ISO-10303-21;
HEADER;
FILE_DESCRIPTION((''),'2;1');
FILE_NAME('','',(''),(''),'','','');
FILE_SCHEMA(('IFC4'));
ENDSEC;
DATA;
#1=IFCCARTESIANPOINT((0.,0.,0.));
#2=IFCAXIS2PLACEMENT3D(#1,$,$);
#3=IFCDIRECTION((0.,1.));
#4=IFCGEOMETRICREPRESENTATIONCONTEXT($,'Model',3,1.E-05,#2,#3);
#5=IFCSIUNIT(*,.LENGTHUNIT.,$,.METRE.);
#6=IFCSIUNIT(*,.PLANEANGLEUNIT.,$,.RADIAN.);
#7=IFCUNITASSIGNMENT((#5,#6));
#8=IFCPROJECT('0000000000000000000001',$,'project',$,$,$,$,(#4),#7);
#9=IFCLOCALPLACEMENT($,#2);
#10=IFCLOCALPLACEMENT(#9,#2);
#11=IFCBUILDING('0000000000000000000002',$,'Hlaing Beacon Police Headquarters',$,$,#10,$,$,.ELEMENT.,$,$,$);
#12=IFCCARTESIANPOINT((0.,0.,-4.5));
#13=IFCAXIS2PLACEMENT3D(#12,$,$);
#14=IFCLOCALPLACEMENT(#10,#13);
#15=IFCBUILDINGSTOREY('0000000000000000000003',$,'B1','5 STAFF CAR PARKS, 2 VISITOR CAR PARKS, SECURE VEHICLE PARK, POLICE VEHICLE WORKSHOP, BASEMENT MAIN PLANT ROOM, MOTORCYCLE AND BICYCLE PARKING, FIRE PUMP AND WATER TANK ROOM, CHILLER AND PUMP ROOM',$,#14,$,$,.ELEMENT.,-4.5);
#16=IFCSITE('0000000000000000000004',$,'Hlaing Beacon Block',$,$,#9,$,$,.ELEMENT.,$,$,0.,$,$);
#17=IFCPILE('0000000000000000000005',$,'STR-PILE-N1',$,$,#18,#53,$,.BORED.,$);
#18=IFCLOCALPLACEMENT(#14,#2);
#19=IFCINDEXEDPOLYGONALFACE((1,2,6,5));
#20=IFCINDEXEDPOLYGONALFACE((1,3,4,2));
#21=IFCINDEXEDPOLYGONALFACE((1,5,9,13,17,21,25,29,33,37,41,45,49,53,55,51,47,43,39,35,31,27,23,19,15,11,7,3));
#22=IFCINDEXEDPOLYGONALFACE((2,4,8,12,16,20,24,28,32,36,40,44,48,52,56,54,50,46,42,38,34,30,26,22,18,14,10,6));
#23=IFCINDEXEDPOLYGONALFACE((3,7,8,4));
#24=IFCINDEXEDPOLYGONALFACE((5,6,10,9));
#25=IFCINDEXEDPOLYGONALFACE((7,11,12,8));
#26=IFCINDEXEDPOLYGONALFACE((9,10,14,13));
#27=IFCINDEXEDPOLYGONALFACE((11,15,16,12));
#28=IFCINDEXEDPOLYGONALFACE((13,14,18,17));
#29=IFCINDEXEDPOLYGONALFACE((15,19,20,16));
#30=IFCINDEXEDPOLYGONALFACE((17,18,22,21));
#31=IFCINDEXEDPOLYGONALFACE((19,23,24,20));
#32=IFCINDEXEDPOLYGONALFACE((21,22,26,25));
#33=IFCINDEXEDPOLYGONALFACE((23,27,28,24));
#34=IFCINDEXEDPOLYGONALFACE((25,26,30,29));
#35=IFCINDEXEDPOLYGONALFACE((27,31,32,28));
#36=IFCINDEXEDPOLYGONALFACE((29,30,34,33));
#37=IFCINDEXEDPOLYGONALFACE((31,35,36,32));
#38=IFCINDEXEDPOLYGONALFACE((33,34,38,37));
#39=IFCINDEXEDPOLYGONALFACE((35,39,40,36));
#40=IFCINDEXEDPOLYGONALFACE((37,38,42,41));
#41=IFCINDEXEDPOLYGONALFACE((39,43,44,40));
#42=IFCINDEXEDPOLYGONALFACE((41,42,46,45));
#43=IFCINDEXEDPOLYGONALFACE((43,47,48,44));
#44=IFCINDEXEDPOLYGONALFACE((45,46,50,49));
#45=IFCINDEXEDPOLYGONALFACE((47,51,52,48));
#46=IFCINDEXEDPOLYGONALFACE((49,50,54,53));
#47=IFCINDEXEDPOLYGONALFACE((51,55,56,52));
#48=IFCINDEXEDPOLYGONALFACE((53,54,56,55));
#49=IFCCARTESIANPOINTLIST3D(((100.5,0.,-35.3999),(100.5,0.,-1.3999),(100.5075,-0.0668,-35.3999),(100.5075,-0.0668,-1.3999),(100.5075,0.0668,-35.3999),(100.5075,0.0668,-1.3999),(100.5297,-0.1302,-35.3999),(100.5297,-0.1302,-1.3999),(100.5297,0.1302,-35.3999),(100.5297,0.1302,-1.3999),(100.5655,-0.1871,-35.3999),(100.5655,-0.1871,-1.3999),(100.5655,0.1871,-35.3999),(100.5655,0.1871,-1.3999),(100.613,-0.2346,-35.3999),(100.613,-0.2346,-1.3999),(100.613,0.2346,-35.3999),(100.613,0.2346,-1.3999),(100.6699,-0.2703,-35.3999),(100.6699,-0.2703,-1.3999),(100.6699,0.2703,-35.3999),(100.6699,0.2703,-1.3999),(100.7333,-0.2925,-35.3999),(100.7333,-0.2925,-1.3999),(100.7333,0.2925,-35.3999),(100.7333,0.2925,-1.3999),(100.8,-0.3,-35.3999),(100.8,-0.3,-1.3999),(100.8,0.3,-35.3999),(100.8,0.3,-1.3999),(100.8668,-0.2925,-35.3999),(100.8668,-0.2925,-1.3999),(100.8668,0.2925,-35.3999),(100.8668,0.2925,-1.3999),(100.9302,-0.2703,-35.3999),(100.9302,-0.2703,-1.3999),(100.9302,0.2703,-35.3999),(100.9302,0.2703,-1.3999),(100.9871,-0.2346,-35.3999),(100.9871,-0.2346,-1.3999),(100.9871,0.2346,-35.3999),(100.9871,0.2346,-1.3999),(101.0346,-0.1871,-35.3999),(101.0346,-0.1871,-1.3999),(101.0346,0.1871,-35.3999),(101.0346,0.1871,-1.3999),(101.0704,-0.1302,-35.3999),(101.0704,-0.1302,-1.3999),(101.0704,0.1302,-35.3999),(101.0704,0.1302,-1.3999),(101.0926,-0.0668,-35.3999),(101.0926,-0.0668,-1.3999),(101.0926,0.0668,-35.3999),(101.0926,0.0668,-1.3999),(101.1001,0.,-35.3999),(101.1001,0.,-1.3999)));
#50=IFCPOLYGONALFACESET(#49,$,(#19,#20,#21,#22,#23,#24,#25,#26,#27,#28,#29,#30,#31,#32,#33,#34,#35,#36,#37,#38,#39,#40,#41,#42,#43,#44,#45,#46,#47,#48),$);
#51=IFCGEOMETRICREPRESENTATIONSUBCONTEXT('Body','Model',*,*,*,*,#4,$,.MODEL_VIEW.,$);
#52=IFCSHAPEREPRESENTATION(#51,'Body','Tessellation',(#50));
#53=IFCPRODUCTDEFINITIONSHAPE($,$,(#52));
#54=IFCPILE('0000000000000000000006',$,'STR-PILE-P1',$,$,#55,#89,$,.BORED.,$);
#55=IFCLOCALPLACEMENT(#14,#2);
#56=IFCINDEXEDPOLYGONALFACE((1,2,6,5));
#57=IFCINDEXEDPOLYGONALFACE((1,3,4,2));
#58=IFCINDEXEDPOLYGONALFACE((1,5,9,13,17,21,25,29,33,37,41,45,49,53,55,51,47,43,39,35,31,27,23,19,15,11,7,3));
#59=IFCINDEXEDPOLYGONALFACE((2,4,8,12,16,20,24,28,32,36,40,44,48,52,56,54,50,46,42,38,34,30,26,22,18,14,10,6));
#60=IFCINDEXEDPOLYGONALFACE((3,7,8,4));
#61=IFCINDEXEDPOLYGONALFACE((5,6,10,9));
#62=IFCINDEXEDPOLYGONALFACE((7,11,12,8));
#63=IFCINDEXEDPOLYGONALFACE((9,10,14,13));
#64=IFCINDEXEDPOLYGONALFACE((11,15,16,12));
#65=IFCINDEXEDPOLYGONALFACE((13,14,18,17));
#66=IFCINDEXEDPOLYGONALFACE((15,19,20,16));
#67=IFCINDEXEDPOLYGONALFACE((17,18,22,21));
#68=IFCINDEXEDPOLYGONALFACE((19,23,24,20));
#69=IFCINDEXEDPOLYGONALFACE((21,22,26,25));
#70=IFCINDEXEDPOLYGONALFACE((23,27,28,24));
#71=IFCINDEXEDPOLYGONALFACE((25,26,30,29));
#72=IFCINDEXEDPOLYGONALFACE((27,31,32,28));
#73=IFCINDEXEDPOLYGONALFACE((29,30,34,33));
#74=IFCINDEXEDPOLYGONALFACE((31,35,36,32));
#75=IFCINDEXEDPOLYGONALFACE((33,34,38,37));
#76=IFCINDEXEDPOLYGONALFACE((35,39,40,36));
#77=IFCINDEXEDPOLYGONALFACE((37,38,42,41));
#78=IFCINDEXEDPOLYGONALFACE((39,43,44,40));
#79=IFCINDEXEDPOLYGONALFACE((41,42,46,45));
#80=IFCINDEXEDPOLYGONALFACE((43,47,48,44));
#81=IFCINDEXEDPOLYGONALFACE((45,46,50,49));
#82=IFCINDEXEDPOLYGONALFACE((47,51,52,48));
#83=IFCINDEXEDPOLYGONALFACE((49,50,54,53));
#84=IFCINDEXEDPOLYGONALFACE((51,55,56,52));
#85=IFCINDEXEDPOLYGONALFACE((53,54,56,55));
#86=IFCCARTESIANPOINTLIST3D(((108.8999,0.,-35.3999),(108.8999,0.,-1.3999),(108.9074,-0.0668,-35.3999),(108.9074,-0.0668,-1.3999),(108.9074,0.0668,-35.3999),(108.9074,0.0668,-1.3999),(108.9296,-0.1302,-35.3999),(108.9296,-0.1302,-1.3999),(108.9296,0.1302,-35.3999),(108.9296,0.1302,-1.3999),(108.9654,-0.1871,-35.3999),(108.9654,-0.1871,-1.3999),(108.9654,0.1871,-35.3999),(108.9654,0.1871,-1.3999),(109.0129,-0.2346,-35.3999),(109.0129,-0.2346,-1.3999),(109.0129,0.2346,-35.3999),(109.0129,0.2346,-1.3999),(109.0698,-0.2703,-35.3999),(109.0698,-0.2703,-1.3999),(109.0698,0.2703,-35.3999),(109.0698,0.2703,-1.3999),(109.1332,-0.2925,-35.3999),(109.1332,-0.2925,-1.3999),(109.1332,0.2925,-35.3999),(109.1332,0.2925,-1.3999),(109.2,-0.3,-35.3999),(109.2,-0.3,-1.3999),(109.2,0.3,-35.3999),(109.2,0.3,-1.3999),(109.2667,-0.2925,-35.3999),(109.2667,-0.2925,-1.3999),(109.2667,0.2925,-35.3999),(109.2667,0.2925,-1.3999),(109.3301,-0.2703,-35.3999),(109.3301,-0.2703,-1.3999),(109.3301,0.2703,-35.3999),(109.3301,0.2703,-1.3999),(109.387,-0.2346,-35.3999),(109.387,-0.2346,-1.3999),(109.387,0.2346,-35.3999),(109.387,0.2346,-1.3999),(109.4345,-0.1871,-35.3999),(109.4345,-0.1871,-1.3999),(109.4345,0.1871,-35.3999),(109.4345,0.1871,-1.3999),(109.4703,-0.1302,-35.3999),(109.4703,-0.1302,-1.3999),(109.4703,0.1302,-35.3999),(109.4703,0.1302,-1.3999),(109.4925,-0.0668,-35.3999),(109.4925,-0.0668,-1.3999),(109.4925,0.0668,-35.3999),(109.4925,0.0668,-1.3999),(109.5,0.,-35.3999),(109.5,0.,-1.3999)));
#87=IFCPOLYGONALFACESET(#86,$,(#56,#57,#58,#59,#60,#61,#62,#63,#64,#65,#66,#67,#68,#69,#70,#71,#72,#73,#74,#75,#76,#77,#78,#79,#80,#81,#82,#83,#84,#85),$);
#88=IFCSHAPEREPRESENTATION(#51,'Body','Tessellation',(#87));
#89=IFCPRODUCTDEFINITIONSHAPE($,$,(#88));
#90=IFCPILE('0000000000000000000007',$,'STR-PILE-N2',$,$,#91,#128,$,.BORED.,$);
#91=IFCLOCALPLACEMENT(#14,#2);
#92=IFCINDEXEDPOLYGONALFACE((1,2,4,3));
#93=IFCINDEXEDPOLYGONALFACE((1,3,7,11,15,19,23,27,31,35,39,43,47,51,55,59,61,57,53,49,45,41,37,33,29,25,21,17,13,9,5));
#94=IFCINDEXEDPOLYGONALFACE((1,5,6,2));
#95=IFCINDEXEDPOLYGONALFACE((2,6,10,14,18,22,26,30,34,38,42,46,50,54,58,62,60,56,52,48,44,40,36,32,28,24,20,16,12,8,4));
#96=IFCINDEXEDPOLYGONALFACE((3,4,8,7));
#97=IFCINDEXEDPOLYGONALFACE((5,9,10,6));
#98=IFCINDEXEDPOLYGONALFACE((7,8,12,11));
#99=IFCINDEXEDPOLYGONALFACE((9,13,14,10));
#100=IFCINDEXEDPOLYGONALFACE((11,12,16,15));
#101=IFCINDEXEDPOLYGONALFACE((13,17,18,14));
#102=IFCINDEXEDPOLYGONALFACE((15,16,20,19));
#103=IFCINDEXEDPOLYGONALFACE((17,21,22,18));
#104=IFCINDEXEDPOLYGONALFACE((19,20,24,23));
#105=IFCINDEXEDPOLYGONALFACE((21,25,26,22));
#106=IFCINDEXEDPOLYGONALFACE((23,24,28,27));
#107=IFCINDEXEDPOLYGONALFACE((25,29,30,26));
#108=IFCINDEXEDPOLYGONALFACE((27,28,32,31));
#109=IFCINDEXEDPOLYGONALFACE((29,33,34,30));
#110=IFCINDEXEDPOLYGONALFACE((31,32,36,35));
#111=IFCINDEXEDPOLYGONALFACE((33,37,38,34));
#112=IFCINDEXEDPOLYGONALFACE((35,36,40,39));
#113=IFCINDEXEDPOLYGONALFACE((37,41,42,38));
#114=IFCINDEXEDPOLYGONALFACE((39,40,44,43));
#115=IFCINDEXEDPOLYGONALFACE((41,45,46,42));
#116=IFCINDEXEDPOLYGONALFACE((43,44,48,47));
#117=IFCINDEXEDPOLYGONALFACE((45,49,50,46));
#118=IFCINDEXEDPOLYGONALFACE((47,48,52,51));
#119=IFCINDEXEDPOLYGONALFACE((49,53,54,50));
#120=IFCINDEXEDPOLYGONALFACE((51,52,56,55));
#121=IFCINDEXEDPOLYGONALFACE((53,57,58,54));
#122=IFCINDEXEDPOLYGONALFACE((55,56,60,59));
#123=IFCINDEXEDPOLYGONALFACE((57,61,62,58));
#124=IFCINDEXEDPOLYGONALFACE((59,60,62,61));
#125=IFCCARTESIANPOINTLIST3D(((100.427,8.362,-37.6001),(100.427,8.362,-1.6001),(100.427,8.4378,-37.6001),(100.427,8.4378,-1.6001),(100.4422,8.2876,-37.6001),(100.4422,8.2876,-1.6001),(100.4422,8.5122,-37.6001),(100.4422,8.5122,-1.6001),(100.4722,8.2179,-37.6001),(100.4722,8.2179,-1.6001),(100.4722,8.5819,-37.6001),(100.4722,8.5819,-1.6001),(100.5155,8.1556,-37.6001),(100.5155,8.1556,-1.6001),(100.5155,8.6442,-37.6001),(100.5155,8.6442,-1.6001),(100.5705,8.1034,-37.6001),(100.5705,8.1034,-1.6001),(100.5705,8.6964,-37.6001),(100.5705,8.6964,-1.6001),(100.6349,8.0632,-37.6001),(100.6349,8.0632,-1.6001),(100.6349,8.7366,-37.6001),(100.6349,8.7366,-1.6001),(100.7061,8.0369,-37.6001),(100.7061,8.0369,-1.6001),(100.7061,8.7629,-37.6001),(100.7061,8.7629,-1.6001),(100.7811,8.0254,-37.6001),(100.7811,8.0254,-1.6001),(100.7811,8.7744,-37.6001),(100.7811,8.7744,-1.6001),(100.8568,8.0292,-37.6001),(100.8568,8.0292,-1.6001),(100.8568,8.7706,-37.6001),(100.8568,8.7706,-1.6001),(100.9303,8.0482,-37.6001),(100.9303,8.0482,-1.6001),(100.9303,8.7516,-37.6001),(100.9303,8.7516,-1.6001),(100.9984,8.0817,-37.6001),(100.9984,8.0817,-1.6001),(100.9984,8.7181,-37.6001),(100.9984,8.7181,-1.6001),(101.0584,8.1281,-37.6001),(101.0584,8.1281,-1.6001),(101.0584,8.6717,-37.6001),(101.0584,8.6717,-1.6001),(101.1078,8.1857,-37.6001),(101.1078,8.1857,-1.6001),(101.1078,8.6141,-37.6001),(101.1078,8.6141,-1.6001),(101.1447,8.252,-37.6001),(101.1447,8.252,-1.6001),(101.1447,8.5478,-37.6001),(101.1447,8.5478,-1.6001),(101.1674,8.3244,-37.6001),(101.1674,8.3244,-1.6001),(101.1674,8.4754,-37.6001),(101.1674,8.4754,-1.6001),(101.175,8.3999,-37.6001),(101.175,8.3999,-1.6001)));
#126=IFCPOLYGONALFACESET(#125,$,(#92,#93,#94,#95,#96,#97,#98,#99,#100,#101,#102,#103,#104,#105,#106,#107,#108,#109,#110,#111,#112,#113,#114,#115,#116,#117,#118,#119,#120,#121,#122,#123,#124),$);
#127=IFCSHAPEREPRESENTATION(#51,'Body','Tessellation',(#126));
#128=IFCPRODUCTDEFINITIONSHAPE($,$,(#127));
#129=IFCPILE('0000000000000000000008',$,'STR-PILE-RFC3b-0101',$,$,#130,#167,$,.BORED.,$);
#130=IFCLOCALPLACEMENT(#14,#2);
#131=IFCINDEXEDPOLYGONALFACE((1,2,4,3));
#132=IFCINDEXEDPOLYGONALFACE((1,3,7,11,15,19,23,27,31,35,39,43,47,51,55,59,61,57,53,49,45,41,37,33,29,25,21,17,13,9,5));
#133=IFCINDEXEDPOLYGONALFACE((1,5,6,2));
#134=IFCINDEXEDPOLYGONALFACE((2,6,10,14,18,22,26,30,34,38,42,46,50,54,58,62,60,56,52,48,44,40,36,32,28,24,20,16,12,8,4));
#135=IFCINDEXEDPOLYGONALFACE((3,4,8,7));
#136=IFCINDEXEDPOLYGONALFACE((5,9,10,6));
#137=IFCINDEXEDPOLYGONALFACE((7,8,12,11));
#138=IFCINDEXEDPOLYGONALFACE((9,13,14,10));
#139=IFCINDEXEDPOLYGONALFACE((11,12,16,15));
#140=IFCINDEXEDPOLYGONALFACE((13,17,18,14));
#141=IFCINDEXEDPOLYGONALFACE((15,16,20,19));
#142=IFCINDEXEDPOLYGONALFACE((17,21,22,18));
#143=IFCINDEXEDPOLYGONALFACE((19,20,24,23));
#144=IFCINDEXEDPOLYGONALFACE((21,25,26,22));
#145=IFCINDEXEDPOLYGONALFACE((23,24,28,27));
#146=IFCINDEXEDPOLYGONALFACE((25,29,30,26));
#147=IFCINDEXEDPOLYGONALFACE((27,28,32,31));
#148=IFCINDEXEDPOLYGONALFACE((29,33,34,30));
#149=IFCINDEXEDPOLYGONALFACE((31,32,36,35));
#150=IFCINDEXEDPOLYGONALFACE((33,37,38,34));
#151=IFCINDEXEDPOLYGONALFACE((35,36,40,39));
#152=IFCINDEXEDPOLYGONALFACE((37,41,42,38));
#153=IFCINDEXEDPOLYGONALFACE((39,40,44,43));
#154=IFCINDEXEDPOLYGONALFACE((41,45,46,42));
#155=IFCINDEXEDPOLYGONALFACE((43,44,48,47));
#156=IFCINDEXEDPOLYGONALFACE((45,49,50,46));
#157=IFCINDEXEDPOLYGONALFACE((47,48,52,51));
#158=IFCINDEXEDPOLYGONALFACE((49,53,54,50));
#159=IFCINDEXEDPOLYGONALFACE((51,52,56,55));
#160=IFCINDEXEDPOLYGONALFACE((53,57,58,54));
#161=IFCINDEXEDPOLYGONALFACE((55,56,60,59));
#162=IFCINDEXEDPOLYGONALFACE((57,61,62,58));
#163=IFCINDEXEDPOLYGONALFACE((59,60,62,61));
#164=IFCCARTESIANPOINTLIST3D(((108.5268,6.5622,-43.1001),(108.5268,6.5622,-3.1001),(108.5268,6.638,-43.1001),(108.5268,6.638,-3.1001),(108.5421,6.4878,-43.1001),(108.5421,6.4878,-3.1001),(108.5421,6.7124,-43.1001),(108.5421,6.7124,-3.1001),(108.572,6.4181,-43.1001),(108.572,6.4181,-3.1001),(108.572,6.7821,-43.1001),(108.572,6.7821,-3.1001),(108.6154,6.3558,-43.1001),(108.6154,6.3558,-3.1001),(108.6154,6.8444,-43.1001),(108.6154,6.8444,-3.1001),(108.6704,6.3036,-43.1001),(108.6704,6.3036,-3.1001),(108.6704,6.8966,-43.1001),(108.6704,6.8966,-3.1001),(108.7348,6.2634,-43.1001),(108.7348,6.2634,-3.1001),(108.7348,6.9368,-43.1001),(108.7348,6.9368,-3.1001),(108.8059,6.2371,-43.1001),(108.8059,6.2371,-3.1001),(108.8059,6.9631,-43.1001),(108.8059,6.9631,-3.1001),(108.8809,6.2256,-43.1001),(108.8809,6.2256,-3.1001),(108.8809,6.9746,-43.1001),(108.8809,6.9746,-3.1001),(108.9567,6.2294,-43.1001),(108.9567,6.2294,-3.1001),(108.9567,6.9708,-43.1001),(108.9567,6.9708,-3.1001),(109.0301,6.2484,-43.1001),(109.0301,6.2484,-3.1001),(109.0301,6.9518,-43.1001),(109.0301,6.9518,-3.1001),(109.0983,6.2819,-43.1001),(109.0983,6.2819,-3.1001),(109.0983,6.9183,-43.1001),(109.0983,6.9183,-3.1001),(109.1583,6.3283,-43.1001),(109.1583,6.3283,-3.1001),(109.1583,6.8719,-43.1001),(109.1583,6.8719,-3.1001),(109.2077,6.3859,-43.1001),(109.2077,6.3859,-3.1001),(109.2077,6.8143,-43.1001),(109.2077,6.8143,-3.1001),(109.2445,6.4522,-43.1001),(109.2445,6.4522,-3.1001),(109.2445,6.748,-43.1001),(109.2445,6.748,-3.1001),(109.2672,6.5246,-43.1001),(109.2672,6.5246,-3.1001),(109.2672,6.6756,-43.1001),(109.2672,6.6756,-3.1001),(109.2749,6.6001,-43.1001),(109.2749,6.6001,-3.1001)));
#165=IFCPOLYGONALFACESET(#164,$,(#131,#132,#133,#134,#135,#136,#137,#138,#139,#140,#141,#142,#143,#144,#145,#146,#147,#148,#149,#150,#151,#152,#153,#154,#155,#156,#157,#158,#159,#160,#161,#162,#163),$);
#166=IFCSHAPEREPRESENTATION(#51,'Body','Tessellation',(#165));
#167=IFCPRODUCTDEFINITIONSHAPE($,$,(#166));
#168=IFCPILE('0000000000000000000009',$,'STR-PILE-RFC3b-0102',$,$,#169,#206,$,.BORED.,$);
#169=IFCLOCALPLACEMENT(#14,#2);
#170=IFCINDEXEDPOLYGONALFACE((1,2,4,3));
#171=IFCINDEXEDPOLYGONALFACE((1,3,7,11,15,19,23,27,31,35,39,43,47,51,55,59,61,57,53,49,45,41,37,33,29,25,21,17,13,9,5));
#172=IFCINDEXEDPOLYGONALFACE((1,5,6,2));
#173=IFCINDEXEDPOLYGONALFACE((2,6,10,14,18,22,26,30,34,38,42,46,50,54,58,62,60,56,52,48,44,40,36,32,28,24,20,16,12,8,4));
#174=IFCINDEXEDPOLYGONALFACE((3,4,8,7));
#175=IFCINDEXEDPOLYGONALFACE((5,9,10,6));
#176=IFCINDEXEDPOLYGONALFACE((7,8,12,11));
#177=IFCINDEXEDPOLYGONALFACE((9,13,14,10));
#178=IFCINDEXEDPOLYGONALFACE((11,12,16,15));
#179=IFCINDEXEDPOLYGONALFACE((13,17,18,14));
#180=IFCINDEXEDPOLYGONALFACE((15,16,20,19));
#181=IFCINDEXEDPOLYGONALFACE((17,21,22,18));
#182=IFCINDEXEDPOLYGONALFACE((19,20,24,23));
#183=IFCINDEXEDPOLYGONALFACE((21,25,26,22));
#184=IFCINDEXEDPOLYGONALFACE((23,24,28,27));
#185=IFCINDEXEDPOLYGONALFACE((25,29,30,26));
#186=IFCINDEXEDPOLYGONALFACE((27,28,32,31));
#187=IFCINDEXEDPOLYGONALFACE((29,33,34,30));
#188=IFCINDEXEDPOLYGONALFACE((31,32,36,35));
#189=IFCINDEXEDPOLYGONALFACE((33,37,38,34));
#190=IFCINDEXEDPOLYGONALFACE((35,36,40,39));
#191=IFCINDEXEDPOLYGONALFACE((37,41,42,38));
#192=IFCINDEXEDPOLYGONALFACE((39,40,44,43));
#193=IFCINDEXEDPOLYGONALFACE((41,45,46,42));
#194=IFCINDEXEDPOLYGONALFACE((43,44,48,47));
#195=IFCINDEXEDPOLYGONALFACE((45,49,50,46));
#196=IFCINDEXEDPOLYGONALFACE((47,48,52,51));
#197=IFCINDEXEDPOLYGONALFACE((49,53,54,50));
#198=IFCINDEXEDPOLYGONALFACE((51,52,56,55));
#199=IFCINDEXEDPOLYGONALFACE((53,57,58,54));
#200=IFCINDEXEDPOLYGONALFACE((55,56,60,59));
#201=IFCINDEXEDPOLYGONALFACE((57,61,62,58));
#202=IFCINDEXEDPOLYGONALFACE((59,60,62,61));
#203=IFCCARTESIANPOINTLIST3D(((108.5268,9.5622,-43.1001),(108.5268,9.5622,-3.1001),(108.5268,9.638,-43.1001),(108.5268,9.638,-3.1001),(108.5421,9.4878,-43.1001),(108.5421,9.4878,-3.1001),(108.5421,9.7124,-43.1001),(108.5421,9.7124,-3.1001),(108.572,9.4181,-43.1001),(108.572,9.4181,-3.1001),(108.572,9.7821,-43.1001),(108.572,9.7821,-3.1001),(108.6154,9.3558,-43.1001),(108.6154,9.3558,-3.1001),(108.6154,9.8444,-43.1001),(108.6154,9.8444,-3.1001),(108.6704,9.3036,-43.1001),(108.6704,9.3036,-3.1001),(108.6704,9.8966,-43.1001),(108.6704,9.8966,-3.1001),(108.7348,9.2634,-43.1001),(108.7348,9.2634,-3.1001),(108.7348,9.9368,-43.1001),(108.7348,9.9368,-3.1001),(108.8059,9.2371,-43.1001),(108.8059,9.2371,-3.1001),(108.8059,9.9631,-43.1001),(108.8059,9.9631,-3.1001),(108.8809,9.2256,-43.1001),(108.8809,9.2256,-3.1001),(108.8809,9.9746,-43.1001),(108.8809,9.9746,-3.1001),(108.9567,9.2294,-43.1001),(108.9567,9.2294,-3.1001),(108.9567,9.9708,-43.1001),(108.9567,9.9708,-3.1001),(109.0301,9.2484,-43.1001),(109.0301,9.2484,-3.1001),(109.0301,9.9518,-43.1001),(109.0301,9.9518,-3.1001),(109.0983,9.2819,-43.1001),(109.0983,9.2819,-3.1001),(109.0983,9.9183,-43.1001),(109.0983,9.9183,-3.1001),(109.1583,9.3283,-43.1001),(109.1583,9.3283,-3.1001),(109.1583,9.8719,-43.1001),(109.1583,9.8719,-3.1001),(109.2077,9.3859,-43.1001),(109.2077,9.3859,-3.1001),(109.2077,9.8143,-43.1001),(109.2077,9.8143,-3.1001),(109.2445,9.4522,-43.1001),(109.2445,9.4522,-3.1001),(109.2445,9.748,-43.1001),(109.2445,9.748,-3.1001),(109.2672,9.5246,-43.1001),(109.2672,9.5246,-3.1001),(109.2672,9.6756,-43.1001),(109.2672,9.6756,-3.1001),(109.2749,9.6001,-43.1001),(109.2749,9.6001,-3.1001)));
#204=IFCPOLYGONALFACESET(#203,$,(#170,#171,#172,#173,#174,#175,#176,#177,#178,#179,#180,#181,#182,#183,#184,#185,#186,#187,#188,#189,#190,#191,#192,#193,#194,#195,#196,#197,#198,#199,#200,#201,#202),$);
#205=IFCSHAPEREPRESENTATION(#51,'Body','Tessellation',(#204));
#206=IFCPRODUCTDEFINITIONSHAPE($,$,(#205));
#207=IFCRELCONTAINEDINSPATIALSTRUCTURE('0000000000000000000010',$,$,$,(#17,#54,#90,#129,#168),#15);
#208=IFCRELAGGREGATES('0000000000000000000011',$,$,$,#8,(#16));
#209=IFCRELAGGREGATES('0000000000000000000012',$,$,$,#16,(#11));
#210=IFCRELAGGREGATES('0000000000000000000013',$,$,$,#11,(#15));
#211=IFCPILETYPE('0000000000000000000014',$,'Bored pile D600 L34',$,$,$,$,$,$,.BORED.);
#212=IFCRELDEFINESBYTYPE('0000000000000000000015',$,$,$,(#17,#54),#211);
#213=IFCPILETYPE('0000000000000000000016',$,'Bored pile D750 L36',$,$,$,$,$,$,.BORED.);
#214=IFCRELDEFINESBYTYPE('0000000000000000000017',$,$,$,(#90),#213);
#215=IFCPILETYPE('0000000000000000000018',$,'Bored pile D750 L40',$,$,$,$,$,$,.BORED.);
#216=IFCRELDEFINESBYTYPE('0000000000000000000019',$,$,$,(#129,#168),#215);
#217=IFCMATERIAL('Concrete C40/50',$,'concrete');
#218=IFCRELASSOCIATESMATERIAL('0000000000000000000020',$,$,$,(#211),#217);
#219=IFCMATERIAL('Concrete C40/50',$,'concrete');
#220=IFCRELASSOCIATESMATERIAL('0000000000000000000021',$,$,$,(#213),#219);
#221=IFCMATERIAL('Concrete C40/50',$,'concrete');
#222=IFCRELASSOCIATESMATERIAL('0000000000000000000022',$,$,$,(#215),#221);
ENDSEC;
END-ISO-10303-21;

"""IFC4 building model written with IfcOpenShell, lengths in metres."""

from ifc_helpers import new_model, si_unit, direction, frame, origin, origin_2d, place, context, subcontext, project, spatial, circle, extrude, material, material_profile, profile_set, type_object, element, save


model = new_model("IFC4")

# Units and contexts
model_context = context("Model", 3, precision=1e-05, world=origin(), true_north=direction((0.0, 1.0)))
body_context = subcontext(model_context, "Body", "Model", "MODEL_VIEW")
ifc_project = project(units=[si_unit("LENGTHUNIT", "METRE"), si_unit("PLANEANGLEUNIT", "RADIAN")], contexts=[model_context])

# Site, building, storey
site_placement = place(None, origin())
site = spatial("IfcSite", under=ifc_project, at=site_placement, Name="Hlaing Beacon Block", CompositionType="ELEMENT", RefElevation=0.0)
building_placement = place(site_placement, origin())
building = spatial("IfcBuilding", under=site, at=building_placement, Name="Hlaing Beacon Police Headquarters", CompositionType="ELEMENT")
storey_placement = place(building_placement, frame((0.0, 0.0, -4.5)))
storey = spatial("IfcBuildingStorey", under=building, at=storey_placement, Name="B1", Description="5 STAFF CAR PARKS, 2 VISITOR CAR PARKS, SECURE VEHICLE PARK, POLICE VEHICLE WORKSHOP, BASEMENT MAIN PLANT ROOM, MOTORCYCLE AND BICYCLE PARKING, FIRE PUMP AND WATER TANK ROOM, CHILLER AND PUMP ROOM", CompositionType="ELEMENT", Elevation=-4.5)

# Piles
ifc_material_1 = material(Name="Concrete C40/50", Category="concrete")
ifc_material_profile_1 = material_profile(ifc_material_1, circle(Radius=0.3, at=origin_2d()), Name="D600")
ifc_profile_set_1 = profile_set([ifc_material_profile_1], Name="Concrete C40/50")
pile_type_1 = type_object("IfcPileType", Name="Bored pile D600 L34", PredefinedType="BORED", material=ifc_profile_set_1)
for number, where, z_axis, x_axis, name in (
    (1, (100.8, 0.0, -1.3999), (0.0, 0.0, -1.0), (1.0, 0.0, 0.0), "STR-PILE-N1"),
    (2, (109.2, 0.0, -1.3999), (0.0, 0.0, -1.0), (1.0, 0.0, 0.0), "STR-PILE-P1"),
):
    element("IfcPile", number, at=place(storey_placement, frame(where, z_axis=z_axis, x_axis=x_axis)), inside=storey, type_object=pile_type_1, Name=name, PredefinedType="BORED", context=body_context, shape_type="SweptSolid", body=[
        extrude(circle(Radius=0.3, at=origin_2d()), origin(), (0.0, 0.0, 1.0), 34.0),
    ])
ifc_material_2 = material(Name="Concrete C40/50", Category="concrete")
ifc_material_profile_2 = material_profile(ifc_material_2, circle(Radius=0.375, at=origin_2d()), Name="D750")
ifc_profile_set_2 = profile_set([ifc_material_profile_2], Name="Concrete C40/50")
pile_type_2 = type_object("IfcPileType", Name="Bored pile D750 L36", PredefinedType="BORED", material=ifc_profile_set_2)
pile_placement = place(storey_placement, frame((100.8, 8.3999, -1.6001), z_axis=(0.0, 0.0, -1.0), x_axis=(1.0, 0.0, 0.0)))
element("IfcPile", 3, at=pile_placement, inside=storey, type_object=pile_type_2, Name="STR-PILE-N2", PredefinedType="BORED", context=body_context, shape_type="SweptSolid", body=[
    extrude(circle(Radius=0.375, at=origin_2d()), origin(), (0.0, 0.0, 1.0), 36.0),
])
ifc_material_3 = material(Name="Concrete C40/50", Category="concrete")
ifc_material_profile_3 = material_profile(ifc_material_3, circle(Radius=0.375, at=origin_2d()), Name="D750")
ifc_profile_set_3 = profile_set([ifc_material_profile_3], Name="Concrete C40/50")
pile_type_3 = type_object("IfcPileType", Name="Bored pile D750 L40", PredefinedType="BORED", material=ifc_profile_set_3)
for number, where, z_axis, x_axis, name in (
    (4, (108.8999, 6.6001, -3.1001), (0.0, 0.0, -1.0), (1.0, 0.0, 0.0), "STR-PILE-RFC3b-0101"),
    (5, (108.8999, 9.6001, -3.1001), (0.0, 0.0, -1.0), (1.0, 0.0, 0.0), "STR-PILE-RFC3b-0102"),
):
    element("IfcPile", number, at=place(storey_placement, frame(where, z_axis=z_axis, x_axis=x_axis)), inside=storey, type_object=pile_type_3, Name=name, PredefinedType="BORED", context=body_context, shape_type="SweptSolid", body=[
        extrude(circle(Radius=0.375, at=origin_2d()), origin(), (0.0, 0.0, 1.0), 40.0),
    ])

save(model, "model.ifc")
